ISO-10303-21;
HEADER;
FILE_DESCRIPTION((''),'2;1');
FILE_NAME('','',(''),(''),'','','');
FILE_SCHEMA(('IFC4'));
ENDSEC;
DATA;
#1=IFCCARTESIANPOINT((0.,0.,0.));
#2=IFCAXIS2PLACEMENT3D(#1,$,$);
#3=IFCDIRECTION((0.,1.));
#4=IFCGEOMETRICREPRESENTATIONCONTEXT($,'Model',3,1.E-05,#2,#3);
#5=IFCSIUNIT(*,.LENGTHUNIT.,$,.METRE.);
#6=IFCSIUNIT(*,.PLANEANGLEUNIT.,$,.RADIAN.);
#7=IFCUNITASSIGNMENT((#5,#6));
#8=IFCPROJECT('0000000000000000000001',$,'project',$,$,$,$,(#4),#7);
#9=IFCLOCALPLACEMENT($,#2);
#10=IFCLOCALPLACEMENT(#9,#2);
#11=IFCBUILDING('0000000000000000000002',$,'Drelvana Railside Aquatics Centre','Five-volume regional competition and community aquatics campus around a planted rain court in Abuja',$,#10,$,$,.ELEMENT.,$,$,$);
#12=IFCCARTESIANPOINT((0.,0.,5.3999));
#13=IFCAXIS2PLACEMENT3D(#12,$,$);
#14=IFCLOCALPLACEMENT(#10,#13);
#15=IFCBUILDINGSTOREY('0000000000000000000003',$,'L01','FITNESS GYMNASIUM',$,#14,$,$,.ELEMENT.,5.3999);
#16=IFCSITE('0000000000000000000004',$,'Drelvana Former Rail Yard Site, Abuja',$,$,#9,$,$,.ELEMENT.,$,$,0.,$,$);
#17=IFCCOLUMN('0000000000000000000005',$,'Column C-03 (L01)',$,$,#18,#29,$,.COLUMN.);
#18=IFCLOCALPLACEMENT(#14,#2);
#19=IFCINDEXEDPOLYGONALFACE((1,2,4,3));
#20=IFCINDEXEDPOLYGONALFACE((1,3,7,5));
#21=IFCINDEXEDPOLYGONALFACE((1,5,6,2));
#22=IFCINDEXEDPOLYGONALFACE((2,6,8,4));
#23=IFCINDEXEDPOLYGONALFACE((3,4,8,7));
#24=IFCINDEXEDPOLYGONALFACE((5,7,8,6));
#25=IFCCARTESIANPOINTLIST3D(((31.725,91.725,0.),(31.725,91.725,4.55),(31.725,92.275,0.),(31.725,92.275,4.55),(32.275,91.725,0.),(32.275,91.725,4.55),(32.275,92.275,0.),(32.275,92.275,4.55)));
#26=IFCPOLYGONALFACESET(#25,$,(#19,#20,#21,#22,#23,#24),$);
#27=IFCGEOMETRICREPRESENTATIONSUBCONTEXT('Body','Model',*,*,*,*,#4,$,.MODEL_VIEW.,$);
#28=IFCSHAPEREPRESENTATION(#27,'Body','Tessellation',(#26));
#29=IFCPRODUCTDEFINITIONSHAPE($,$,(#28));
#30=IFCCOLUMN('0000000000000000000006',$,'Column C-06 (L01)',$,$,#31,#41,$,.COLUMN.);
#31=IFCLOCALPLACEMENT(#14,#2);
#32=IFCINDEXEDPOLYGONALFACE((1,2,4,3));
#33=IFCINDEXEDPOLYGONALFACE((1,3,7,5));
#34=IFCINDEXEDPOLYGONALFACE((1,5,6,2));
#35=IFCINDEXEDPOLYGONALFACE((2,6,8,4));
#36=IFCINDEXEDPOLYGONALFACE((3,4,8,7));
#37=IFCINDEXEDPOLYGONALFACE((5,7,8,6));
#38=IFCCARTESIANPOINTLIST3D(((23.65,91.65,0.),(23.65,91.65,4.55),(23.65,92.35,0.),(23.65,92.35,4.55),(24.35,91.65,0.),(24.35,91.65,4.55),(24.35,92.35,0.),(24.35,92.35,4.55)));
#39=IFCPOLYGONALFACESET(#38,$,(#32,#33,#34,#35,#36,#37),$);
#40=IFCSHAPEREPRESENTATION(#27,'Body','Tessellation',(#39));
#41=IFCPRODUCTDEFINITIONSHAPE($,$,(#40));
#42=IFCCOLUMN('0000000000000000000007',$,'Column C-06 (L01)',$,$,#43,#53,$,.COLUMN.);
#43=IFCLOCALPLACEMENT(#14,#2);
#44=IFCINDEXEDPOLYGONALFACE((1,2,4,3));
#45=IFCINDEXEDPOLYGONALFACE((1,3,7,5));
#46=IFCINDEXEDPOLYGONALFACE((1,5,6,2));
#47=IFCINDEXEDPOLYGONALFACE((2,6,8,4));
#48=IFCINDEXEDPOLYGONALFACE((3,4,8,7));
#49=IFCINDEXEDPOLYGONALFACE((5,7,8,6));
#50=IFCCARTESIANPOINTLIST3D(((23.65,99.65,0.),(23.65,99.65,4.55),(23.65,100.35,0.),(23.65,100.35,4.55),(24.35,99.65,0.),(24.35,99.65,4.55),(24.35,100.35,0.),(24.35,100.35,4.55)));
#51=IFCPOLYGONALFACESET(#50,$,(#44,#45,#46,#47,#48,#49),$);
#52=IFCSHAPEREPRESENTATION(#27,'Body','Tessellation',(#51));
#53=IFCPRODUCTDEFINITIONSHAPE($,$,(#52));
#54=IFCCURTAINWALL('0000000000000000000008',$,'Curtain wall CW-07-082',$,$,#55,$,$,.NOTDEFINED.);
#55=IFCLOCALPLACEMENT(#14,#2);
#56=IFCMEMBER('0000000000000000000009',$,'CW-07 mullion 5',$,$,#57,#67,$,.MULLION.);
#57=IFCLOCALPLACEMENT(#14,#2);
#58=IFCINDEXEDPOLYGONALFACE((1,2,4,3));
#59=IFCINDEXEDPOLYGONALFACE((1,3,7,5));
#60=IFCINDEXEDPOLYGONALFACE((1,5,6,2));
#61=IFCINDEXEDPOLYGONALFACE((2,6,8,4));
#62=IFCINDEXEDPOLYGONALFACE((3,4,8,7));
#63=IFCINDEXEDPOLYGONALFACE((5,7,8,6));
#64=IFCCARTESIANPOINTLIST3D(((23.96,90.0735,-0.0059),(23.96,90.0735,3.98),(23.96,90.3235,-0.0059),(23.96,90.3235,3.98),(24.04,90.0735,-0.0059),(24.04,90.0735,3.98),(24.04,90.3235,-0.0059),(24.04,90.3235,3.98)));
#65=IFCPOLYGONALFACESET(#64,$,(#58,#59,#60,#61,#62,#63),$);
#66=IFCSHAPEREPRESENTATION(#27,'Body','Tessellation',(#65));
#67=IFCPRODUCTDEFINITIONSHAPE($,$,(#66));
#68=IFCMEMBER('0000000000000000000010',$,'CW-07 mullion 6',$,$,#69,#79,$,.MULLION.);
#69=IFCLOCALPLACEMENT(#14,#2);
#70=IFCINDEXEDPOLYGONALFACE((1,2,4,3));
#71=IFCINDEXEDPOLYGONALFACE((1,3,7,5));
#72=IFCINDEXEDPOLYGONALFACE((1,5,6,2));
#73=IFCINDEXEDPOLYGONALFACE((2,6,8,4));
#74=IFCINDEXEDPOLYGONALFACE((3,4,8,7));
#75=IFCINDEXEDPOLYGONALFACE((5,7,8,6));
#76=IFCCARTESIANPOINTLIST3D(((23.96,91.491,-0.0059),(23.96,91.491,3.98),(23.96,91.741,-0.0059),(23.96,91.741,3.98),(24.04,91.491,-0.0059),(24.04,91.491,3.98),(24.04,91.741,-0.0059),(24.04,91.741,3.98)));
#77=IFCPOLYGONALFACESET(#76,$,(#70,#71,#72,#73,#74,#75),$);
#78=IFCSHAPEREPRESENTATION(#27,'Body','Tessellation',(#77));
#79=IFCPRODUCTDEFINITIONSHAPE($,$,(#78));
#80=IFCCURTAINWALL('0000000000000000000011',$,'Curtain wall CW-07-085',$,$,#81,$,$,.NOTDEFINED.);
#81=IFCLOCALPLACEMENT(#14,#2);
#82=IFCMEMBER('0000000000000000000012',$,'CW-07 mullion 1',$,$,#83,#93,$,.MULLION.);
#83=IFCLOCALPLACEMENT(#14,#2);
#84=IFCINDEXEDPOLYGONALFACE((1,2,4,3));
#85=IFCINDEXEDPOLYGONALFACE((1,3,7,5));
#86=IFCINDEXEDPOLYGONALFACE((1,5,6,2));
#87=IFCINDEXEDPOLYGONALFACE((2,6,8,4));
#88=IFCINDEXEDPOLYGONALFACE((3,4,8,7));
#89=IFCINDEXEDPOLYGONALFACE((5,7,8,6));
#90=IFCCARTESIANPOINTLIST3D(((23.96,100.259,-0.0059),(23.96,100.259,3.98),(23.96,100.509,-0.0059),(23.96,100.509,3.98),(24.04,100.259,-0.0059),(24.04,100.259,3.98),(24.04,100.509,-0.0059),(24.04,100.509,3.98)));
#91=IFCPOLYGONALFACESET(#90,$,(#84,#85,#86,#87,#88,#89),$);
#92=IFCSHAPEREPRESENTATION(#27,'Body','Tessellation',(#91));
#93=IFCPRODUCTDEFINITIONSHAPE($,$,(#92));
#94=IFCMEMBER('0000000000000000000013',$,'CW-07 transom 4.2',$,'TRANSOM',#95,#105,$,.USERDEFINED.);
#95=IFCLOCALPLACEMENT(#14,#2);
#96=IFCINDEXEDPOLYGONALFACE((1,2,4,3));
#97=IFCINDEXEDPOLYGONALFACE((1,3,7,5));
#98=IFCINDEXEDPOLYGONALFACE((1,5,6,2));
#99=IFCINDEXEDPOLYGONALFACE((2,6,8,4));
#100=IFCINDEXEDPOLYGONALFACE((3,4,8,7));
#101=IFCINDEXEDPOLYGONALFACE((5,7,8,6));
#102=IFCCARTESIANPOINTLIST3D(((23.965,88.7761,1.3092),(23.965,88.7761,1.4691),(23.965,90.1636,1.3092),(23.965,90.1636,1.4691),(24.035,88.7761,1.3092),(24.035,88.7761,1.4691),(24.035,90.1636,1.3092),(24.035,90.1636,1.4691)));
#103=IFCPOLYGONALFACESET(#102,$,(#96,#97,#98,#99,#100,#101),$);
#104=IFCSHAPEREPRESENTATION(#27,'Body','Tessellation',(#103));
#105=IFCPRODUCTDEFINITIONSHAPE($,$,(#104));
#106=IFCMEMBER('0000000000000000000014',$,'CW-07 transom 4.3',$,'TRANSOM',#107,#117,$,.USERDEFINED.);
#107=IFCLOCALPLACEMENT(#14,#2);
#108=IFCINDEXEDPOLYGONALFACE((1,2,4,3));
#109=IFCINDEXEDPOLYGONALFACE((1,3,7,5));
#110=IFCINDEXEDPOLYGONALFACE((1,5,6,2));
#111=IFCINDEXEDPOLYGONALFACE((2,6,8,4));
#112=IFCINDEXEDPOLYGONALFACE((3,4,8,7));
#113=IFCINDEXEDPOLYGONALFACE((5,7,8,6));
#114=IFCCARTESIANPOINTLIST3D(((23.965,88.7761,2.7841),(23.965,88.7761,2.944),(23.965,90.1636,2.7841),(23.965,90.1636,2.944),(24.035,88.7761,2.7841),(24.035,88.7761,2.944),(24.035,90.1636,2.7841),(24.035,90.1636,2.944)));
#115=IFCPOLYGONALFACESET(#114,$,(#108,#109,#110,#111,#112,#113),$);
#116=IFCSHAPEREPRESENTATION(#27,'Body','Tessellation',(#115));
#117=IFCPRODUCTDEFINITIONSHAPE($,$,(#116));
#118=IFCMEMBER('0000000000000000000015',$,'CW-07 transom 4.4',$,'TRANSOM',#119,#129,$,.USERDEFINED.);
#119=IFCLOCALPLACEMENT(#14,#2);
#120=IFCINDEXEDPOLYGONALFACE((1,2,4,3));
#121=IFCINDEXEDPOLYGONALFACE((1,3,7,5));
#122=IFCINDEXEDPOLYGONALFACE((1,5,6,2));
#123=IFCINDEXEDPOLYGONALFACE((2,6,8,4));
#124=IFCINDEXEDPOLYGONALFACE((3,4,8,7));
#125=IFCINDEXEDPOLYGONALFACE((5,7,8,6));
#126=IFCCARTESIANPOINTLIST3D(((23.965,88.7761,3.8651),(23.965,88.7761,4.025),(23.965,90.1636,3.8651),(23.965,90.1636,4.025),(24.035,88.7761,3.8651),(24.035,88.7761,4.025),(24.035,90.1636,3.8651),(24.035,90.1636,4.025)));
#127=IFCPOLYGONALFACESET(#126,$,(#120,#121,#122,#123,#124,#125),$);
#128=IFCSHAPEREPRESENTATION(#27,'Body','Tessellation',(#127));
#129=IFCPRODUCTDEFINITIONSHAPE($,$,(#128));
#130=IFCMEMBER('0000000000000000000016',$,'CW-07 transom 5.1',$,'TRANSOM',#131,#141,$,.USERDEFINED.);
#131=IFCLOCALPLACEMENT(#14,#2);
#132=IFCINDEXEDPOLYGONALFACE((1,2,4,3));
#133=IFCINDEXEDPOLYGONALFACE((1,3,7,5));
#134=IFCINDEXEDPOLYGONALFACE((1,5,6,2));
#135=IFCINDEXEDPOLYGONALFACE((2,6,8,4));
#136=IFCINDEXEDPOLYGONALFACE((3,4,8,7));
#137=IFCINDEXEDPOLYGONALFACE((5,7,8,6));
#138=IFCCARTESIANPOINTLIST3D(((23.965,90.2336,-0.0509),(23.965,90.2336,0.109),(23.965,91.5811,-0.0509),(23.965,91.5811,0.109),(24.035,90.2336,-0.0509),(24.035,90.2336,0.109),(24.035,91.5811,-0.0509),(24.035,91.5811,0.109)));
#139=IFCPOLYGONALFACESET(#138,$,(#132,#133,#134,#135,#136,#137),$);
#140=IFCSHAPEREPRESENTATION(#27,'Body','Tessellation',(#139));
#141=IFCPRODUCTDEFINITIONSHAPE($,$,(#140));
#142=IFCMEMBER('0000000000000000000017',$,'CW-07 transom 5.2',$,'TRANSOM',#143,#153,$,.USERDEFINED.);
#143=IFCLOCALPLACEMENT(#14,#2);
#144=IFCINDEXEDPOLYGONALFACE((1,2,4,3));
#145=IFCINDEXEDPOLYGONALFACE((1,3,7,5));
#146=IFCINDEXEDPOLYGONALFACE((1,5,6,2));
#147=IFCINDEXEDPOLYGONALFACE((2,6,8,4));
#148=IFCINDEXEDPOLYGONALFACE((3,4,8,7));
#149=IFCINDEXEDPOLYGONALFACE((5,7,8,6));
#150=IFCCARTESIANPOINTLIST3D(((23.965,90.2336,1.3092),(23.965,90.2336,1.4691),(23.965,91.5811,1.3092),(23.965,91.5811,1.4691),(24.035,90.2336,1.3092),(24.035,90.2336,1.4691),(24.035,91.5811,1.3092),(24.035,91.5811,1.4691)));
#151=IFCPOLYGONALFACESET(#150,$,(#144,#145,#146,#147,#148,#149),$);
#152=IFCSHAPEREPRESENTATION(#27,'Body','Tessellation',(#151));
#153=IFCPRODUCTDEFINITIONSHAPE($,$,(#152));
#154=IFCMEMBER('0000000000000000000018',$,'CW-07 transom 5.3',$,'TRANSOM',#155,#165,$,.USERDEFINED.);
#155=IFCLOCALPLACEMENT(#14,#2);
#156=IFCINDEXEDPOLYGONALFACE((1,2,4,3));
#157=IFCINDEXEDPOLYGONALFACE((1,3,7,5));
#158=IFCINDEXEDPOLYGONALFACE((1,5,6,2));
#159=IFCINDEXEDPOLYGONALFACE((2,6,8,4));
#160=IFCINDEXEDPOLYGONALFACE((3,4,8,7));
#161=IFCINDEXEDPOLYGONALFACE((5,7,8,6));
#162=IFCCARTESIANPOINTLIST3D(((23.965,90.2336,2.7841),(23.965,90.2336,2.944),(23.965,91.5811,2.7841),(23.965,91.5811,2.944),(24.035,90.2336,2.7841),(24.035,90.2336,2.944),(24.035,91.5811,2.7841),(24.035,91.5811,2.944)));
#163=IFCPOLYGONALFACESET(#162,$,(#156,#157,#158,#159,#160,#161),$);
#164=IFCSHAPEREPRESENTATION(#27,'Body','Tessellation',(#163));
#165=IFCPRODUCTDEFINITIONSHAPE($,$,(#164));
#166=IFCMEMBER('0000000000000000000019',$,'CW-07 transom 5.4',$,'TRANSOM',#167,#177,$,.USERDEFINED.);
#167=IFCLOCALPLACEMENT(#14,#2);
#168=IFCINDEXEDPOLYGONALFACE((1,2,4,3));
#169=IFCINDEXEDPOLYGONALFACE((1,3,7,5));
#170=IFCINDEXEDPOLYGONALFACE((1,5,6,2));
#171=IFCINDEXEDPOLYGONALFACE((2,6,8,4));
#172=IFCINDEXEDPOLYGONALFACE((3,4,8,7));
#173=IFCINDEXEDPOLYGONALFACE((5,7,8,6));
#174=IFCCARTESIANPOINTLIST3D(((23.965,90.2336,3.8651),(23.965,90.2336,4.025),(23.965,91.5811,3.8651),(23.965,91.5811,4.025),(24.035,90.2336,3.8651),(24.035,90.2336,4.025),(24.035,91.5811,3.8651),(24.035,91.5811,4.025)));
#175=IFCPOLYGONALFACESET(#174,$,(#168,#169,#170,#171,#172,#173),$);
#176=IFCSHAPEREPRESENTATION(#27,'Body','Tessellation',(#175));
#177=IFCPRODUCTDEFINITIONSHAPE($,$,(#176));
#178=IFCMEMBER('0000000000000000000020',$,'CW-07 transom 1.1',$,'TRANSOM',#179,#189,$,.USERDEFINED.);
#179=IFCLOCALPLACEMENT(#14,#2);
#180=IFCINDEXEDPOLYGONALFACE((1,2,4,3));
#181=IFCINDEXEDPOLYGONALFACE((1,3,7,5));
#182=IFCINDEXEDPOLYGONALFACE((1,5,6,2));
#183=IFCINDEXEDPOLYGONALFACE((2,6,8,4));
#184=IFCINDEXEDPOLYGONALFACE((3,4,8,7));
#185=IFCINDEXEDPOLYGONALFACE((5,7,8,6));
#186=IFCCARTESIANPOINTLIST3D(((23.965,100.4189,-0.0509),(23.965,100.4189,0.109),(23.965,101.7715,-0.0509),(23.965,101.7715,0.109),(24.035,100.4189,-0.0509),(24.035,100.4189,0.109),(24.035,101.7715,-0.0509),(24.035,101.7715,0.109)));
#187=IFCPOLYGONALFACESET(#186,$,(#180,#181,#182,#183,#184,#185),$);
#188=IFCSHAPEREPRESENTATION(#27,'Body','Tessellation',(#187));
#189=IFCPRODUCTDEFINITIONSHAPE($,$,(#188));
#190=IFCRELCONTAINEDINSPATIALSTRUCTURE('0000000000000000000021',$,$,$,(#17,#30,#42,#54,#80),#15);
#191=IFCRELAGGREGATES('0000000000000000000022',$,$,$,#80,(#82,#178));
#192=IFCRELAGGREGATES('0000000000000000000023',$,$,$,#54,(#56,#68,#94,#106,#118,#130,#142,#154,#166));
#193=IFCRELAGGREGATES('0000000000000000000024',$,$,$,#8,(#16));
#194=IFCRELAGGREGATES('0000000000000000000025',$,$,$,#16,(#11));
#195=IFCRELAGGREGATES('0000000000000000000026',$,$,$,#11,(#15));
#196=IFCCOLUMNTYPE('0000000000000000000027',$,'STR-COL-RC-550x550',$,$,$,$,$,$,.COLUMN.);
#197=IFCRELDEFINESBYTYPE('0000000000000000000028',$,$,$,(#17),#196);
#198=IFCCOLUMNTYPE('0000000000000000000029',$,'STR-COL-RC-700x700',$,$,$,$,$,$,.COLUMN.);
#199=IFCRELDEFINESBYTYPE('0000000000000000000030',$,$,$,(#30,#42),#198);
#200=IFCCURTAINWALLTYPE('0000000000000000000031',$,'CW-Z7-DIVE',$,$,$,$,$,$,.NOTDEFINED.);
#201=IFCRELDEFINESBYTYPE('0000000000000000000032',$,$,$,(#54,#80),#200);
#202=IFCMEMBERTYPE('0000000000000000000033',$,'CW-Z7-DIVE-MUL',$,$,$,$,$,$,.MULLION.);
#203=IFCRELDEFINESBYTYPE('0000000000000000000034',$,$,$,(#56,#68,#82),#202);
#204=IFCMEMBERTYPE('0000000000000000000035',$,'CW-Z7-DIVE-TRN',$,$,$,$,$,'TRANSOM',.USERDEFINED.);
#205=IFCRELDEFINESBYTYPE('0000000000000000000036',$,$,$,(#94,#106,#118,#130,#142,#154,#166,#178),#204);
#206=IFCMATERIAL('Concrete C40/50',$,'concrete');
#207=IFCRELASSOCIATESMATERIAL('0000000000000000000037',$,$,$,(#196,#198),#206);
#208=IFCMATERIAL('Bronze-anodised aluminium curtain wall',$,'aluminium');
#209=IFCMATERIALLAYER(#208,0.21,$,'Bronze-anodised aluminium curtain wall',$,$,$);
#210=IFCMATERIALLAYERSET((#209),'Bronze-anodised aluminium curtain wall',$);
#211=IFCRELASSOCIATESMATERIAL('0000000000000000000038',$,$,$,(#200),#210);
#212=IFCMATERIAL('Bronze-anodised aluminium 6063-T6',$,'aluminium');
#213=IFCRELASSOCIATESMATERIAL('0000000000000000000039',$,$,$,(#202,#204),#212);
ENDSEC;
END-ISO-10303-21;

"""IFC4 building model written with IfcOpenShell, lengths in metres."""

from ifc_helpers import new_model, si_unit, direction, frame, origin, origin_2d, place, context, subcontext, project, spatial, rectangle, extrude, material, layer, layer_set, material_profile, profile_set, type_object, element, aggregate, save


model = new_model("IFC4")

# Units and contexts
model_context = context("Model", 3, precision=1e-05, world=origin(), true_north=direction((0.0, 1.0)))
body_context = subcontext(model_context, "Body", "Model", "MODEL_VIEW")
ifc_project = project(units=[si_unit("LENGTHUNIT", "METRE"), si_unit("PLANEANGLEUNIT", "RADIAN")], contexts=[model_context])

# Site, building, storey
site_placement = place(None, origin())
site = spatial("IfcSite", under=ifc_project, at=site_placement, Name="Drelvana Former Rail Yard Site, Abuja", CompositionType="ELEMENT", RefElevation=0.0)
building_placement = place(site_placement, origin())
building = spatial("IfcBuilding", under=site, at=building_placement, Name="Drelvana Railside Aquatics Centre", Description="Five-volume regional competition and community aquatics campus around a planted rain court in Abuja", CompositionType="ELEMENT")
storey_placement = place(building_placement, frame((0.0, 0.0, 5.3999)))
storey = spatial("IfcBuildingStorey", under=building, at=storey_placement, Name="L01", Description="FITNESS GYMNASIUM", CompositionType="ELEMENT", Elevation=5.3999)

# Columns
ifc_material_1 = material(Name="Concrete C40/50", Category="concrete")
ifc_material_profile_1 = material_profile(ifc_material_1, rectangle(XDim=0.55, YDim=0.55, at=origin_2d()), Name="RC 550x550")
ifc_profile_set_1 = profile_set([ifc_material_profile_1], Name="Concrete C40/50")
column_type_1 = type_object("IfcColumnType", Name="STR-COL-RC-550x550", PredefinedType="COLUMN", material=ifc_profile_set_1)
column_placement = place(storey_placement, frame((32.0, 92.0, 0.0), z_axis=(0.0, 0.0, 1.0), x_axis=(1.0, 0.0, 0.0)))
element("IfcColumn", 1, at=column_placement, inside=storey, type_object=column_type_1, Name="Column C-03 (L01)", PredefinedType="COLUMN", context=body_context, shape_type="SweptSolid", body=[
    extrude(rectangle(XDim=0.55, YDim=0.55, at=origin_2d()), origin(), (0.0, 0.0, 1.0), 4.55),
])
ifc_material_profile_2 = material_profile(ifc_material_1, rectangle(XDim=0.7, YDim=0.7, at=origin_2d()), Name="RC 700x700")
ifc_profile_set_2 = profile_set([ifc_material_profile_2], Name="Concrete C40/50")
column_type_2 = type_object("IfcColumnType", Name="STR-COL-RC-700x700", PredefinedType="COLUMN", material=ifc_profile_set_2)
for number, where, z_axis, x_axis, name in (
    (2, (24.0, 92.0, 0.0), (0.0, 0.0, 1.0), (1.0, 0.0, 0.0), "Column C-06 (L01)"),
    (3, (24.0, 100.0, 0.0), (0.0, 0.0, 1.0), (1.0, 0.0, 0.0), "Column C-06 (L01)"),
):
    element("IfcColumn", number, at=place(storey_placement, frame(where, z_axis=z_axis, x_axis=x_axis)), inside=storey, type_object=column_type_2, Name=name, PredefinedType="COLUMN", context=body_context, shape_type="SweptSolid", body=[
        extrude(rectangle(XDim=0.7, YDim=0.7, at=origin_2d()), origin(), (0.0, 0.0, 1.0), 4.55),
    ])

# Curtain wall, members
ifc_material_2 = material(Name="Bronze-anodised aluminium curtain wall", Category="aluminium")
ifc_layer_1 = layer(ifc_material_2, 0.21, Name="Bronze-anodised aluminium curtain wall")
ifc_layer_set_1 = layer_set([ifc_layer_1], Name="Bronze-anodised aluminium curtain wall")
curtain_wall_type = type_object("IfcCurtainWallType", Name="CW-Z7-DIVE", PredefinedType="NOTDEFINED", material=ifc_layer_set_1)
curtain_wall_1_placement = place(storey_placement, origin())
curtain_wall_1 = element("IfcCurtainWall", 4, at=curtain_wall_1_placement, inside=storey, type_object=curtain_wall_type, Name="Curtain wall CW-07-082", PredefinedType="NOTDEFINED")
ifc_material_3 = material(Name="Bronze-anodised aluminium 6063-T6", Category="aluminium")
ifc_material_profile_3 = material_profile(ifc_material_3, rectangle(XDim=0.0801, YDim=0.25, at=origin_2d()), Name="ALU-M 80x250")
ifc_profile_set_3 = profile_set([ifc_material_profile_3], Name="Bronze-anodised aluminium 6063-T6")
member_type_1 = type_object("IfcMemberType", Name="CW-Z7-DIVE-MUL", PredefinedType="MULLION", material=ifc_profile_set_3)
member_1_placement = place(storey_placement, frame((24.0, 90.1985, -0.0059), z_axis=(0.0, 0.0, 1.0), x_axis=(-1.0, 0.0, 0.0)))
member_1 = element("IfcMember", 5, at=member_1_placement, type_object=member_type_1, Name="CW-07 mullion 5", PredefinedType="MULLION", context=body_context, shape_type="SweptSolid", body=[
    extrude(rectangle(XDim=0.0801, YDim=0.25, at=origin_2d()), origin(), (0.0, 0.0, 1.0), 3.9858),
])
member_2_placement = place(storey_placement, frame((24.0, 91.616, -0.0059), z_axis=(0.0, 0.0, 1.0), x_axis=(-1.0, 0.0, 0.0)))
member_2 = element("IfcMember", 6, at=member_2_placement, type_object=member_type_1, Name="CW-07 mullion 6", PredefinedType="MULLION", context=body_context, shape_type="SweptSolid", body=[
    extrude(rectangle(XDim=0.0801, YDim=0.25, at=origin_2d()), origin(), (0.0, 0.0, 1.0), 3.9858),
])

# Curtain wall, member
curtain_wall_2_placement = place(storey_placement, origin())
curtain_wall_2 = element("IfcCurtainWall", 7, at=curtain_wall_2_placement, inside=storey, type_object=curtain_wall_type, Name="Curtain wall CW-07-085", PredefinedType="NOTDEFINED")
member_3_placement = place(storey_placement, frame((24.0, 100.384, -0.0059), z_axis=(0.0, 0.0, 1.0), x_axis=(-1.0, 0.0, 0.0)))
member_3 = element("IfcMember", 8, at=member_3_placement, type_object=member_type_1, Name="CW-07 mullion 1", PredefinedType="MULLION", context=body_context, shape_type="SweptSolid", body=[
    extrude(rectangle(XDim=0.0801, YDim=0.25, at=origin_2d()), origin(), (0.0, 0.0, 1.0), 3.9858),
])

# Members
ifc_material_profile_4 = material_profile(ifc_material_3, rectangle(XDim=0.1599, YDim=0.0701, at=origin_2d()), Name="ALU-T 70x160")
ifc_profile_set_4 = profile_set([ifc_material_profile_4], Name="Bronze-anodised aluminium 6063-T6")
member_type_2 = type_object("IfcMemberType", Name="CW-Z7-DIVE-TRN", ElementType="TRANSOM", PredefinedType="USERDEFINED", material=ifc_profile_set_4)
member_4_placement = place(storey_placement, frame((24.0, 88.7761, 1.3892), z_axis=(0.0, 1.0, 0.0), x_axis=(0.0, 0.0, 1.0)))
member_4 = element("IfcMember", 9, at=member_4_placement, type_object=member_type_2, Name="CW-07 transom 4.2", ObjectType="TRANSOM", PredefinedType="USERDEFINED", context=body_context, shape_type="SweptSolid", body=[
    extrude(rectangle(XDim=0.1599, YDim=0.0701, at=origin_2d()), origin(), (0.0, 0.0, 1.0), 1.3875),
])
member_5_placement = place(storey_placement, frame((24.0, 88.7761, 2.864), z_axis=(0.0, 1.0, 0.0), x_axis=(0.0, 0.0, 1.0)))
member_5 = element("IfcMember", 10, at=member_5_placement, type_object=member_type_2, Name="CW-07 transom 4.3", ObjectType="TRANSOM", PredefinedType="USERDEFINED", context=body_context, shape_type="SweptSolid", body=[
    extrude(rectangle(XDim=0.1599, YDim=0.0701, at=origin_2d()), origin(), (0.0, 0.0, 1.0), 1.3875),
])
member_6_placement = place(storey_placement, frame((24.0, 88.7761, 3.9451), z_axis=(0.0, 1.0, 0.0), x_axis=(0.0, 0.0, 1.0)))
member_6 = element("IfcMember", 11, at=member_6_placement, type_object=member_type_2, Name="CW-07 transom 4.4", ObjectType="TRANSOM", PredefinedType="USERDEFINED", context=body_context, shape_type="SweptSolid", body=[
    extrude(rectangle(XDim=0.1599, YDim=0.0701, at=origin_2d()), origin(), (0.0, 0.0, 1.0), 1.3875),
])
member_7_placement = place(storey_placement, frame((24.0, 90.2336, 0.0291), z_axis=(0.0, 1.0, 0.0), x_axis=(0.0, 0.0, 1.0)))
member_7 = element("IfcMember", 12, at=member_7_placement, type_object=member_type_2, Name="CW-07 transom 5.1", ObjectType="TRANSOM", PredefinedType="USERDEFINED", context=body_context, shape_type="SweptSolid", body=[
    extrude(rectangle(XDim=0.1599, YDim=0.0701, at=origin_2d()), origin(), (0.0, 0.0, 1.0), 1.3474),
])
member_8_placement = place(storey_placement, frame((24.0, 90.2336, 1.3892), z_axis=(0.0, 1.0, 0.0), x_axis=(0.0, 0.0, 1.0)))
member_8 = element("IfcMember", 13, at=member_8_placement, type_object=member_type_2, Name="CW-07 transom 5.2", ObjectType="TRANSOM", PredefinedType="USERDEFINED", context=body_context, shape_type="SweptSolid", body=[
    extrude(rectangle(XDim=0.1599, YDim=0.0701, at=origin_2d()), origin(), (0.0, 0.0, 1.0), 1.3474),
])
member_9_placement = place(storey_placement, frame((24.0, 90.2336, 2.864), z_axis=(0.0, 1.0, 0.0), x_axis=(0.0, 0.0, 1.0)))
member_9 = element("IfcMember", 14, at=member_9_placement, type_object=member_type_2, Name="CW-07 transom 5.3", ObjectType="TRANSOM", PredefinedType="USERDEFINED", context=body_context, shape_type="SweptSolid", body=[
    extrude(rectangle(XDim=0.1599, YDim=0.0701, at=origin_2d()), origin(), (0.0, 0.0, 1.0), 1.3474),
])
member_10_placement = place(storey_placement, frame((24.0, 90.2336, 3.9451), z_axis=(0.0, 1.0, 0.0), x_axis=(0.0, 0.0, 1.0)))
member_10 = element("IfcMember", 15, at=member_10_placement, type_object=member_type_2, Name="CW-07 transom 5.4", ObjectType="TRANSOM", PredefinedType="USERDEFINED", context=body_context, shape_type="SweptSolid", body=[
    extrude(rectangle(XDim=0.1599, YDim=0.0701, at=origin_2d()), origin(), (0.0, 0.0, 1.0), 1.3474),
])
member_11_placement = place(storey_placement, frame((24.0, 100.4189, 0.0291), z_axis=(0.0, 1.0, 0.0), x_axis=(0.0, 0.0, 1.0)))
member_11 = element("IfcMember", 16, at=member_11_placement, type_object=member_type_2, Name="CW-07 transom 1.1", ObjectType="TRANSOM", PredefinedType="USERDEFINED", context=body_context, shape_type="SweptSolid", body=[
    extrude(rectangle(XDim=0.1599, YDim=0.0701, at=origin_2d()), origin(), (0.0, 0.0, 1.0), 1.3525),
])
aggregate(curtain_wall_2, [member_3, member_11])

aggregate(curtain_wall_1, [member_1, member_2, member_4, member_5, member_6, member_7, member_8, member_9, member_10])

save(model, "model.ifc")
